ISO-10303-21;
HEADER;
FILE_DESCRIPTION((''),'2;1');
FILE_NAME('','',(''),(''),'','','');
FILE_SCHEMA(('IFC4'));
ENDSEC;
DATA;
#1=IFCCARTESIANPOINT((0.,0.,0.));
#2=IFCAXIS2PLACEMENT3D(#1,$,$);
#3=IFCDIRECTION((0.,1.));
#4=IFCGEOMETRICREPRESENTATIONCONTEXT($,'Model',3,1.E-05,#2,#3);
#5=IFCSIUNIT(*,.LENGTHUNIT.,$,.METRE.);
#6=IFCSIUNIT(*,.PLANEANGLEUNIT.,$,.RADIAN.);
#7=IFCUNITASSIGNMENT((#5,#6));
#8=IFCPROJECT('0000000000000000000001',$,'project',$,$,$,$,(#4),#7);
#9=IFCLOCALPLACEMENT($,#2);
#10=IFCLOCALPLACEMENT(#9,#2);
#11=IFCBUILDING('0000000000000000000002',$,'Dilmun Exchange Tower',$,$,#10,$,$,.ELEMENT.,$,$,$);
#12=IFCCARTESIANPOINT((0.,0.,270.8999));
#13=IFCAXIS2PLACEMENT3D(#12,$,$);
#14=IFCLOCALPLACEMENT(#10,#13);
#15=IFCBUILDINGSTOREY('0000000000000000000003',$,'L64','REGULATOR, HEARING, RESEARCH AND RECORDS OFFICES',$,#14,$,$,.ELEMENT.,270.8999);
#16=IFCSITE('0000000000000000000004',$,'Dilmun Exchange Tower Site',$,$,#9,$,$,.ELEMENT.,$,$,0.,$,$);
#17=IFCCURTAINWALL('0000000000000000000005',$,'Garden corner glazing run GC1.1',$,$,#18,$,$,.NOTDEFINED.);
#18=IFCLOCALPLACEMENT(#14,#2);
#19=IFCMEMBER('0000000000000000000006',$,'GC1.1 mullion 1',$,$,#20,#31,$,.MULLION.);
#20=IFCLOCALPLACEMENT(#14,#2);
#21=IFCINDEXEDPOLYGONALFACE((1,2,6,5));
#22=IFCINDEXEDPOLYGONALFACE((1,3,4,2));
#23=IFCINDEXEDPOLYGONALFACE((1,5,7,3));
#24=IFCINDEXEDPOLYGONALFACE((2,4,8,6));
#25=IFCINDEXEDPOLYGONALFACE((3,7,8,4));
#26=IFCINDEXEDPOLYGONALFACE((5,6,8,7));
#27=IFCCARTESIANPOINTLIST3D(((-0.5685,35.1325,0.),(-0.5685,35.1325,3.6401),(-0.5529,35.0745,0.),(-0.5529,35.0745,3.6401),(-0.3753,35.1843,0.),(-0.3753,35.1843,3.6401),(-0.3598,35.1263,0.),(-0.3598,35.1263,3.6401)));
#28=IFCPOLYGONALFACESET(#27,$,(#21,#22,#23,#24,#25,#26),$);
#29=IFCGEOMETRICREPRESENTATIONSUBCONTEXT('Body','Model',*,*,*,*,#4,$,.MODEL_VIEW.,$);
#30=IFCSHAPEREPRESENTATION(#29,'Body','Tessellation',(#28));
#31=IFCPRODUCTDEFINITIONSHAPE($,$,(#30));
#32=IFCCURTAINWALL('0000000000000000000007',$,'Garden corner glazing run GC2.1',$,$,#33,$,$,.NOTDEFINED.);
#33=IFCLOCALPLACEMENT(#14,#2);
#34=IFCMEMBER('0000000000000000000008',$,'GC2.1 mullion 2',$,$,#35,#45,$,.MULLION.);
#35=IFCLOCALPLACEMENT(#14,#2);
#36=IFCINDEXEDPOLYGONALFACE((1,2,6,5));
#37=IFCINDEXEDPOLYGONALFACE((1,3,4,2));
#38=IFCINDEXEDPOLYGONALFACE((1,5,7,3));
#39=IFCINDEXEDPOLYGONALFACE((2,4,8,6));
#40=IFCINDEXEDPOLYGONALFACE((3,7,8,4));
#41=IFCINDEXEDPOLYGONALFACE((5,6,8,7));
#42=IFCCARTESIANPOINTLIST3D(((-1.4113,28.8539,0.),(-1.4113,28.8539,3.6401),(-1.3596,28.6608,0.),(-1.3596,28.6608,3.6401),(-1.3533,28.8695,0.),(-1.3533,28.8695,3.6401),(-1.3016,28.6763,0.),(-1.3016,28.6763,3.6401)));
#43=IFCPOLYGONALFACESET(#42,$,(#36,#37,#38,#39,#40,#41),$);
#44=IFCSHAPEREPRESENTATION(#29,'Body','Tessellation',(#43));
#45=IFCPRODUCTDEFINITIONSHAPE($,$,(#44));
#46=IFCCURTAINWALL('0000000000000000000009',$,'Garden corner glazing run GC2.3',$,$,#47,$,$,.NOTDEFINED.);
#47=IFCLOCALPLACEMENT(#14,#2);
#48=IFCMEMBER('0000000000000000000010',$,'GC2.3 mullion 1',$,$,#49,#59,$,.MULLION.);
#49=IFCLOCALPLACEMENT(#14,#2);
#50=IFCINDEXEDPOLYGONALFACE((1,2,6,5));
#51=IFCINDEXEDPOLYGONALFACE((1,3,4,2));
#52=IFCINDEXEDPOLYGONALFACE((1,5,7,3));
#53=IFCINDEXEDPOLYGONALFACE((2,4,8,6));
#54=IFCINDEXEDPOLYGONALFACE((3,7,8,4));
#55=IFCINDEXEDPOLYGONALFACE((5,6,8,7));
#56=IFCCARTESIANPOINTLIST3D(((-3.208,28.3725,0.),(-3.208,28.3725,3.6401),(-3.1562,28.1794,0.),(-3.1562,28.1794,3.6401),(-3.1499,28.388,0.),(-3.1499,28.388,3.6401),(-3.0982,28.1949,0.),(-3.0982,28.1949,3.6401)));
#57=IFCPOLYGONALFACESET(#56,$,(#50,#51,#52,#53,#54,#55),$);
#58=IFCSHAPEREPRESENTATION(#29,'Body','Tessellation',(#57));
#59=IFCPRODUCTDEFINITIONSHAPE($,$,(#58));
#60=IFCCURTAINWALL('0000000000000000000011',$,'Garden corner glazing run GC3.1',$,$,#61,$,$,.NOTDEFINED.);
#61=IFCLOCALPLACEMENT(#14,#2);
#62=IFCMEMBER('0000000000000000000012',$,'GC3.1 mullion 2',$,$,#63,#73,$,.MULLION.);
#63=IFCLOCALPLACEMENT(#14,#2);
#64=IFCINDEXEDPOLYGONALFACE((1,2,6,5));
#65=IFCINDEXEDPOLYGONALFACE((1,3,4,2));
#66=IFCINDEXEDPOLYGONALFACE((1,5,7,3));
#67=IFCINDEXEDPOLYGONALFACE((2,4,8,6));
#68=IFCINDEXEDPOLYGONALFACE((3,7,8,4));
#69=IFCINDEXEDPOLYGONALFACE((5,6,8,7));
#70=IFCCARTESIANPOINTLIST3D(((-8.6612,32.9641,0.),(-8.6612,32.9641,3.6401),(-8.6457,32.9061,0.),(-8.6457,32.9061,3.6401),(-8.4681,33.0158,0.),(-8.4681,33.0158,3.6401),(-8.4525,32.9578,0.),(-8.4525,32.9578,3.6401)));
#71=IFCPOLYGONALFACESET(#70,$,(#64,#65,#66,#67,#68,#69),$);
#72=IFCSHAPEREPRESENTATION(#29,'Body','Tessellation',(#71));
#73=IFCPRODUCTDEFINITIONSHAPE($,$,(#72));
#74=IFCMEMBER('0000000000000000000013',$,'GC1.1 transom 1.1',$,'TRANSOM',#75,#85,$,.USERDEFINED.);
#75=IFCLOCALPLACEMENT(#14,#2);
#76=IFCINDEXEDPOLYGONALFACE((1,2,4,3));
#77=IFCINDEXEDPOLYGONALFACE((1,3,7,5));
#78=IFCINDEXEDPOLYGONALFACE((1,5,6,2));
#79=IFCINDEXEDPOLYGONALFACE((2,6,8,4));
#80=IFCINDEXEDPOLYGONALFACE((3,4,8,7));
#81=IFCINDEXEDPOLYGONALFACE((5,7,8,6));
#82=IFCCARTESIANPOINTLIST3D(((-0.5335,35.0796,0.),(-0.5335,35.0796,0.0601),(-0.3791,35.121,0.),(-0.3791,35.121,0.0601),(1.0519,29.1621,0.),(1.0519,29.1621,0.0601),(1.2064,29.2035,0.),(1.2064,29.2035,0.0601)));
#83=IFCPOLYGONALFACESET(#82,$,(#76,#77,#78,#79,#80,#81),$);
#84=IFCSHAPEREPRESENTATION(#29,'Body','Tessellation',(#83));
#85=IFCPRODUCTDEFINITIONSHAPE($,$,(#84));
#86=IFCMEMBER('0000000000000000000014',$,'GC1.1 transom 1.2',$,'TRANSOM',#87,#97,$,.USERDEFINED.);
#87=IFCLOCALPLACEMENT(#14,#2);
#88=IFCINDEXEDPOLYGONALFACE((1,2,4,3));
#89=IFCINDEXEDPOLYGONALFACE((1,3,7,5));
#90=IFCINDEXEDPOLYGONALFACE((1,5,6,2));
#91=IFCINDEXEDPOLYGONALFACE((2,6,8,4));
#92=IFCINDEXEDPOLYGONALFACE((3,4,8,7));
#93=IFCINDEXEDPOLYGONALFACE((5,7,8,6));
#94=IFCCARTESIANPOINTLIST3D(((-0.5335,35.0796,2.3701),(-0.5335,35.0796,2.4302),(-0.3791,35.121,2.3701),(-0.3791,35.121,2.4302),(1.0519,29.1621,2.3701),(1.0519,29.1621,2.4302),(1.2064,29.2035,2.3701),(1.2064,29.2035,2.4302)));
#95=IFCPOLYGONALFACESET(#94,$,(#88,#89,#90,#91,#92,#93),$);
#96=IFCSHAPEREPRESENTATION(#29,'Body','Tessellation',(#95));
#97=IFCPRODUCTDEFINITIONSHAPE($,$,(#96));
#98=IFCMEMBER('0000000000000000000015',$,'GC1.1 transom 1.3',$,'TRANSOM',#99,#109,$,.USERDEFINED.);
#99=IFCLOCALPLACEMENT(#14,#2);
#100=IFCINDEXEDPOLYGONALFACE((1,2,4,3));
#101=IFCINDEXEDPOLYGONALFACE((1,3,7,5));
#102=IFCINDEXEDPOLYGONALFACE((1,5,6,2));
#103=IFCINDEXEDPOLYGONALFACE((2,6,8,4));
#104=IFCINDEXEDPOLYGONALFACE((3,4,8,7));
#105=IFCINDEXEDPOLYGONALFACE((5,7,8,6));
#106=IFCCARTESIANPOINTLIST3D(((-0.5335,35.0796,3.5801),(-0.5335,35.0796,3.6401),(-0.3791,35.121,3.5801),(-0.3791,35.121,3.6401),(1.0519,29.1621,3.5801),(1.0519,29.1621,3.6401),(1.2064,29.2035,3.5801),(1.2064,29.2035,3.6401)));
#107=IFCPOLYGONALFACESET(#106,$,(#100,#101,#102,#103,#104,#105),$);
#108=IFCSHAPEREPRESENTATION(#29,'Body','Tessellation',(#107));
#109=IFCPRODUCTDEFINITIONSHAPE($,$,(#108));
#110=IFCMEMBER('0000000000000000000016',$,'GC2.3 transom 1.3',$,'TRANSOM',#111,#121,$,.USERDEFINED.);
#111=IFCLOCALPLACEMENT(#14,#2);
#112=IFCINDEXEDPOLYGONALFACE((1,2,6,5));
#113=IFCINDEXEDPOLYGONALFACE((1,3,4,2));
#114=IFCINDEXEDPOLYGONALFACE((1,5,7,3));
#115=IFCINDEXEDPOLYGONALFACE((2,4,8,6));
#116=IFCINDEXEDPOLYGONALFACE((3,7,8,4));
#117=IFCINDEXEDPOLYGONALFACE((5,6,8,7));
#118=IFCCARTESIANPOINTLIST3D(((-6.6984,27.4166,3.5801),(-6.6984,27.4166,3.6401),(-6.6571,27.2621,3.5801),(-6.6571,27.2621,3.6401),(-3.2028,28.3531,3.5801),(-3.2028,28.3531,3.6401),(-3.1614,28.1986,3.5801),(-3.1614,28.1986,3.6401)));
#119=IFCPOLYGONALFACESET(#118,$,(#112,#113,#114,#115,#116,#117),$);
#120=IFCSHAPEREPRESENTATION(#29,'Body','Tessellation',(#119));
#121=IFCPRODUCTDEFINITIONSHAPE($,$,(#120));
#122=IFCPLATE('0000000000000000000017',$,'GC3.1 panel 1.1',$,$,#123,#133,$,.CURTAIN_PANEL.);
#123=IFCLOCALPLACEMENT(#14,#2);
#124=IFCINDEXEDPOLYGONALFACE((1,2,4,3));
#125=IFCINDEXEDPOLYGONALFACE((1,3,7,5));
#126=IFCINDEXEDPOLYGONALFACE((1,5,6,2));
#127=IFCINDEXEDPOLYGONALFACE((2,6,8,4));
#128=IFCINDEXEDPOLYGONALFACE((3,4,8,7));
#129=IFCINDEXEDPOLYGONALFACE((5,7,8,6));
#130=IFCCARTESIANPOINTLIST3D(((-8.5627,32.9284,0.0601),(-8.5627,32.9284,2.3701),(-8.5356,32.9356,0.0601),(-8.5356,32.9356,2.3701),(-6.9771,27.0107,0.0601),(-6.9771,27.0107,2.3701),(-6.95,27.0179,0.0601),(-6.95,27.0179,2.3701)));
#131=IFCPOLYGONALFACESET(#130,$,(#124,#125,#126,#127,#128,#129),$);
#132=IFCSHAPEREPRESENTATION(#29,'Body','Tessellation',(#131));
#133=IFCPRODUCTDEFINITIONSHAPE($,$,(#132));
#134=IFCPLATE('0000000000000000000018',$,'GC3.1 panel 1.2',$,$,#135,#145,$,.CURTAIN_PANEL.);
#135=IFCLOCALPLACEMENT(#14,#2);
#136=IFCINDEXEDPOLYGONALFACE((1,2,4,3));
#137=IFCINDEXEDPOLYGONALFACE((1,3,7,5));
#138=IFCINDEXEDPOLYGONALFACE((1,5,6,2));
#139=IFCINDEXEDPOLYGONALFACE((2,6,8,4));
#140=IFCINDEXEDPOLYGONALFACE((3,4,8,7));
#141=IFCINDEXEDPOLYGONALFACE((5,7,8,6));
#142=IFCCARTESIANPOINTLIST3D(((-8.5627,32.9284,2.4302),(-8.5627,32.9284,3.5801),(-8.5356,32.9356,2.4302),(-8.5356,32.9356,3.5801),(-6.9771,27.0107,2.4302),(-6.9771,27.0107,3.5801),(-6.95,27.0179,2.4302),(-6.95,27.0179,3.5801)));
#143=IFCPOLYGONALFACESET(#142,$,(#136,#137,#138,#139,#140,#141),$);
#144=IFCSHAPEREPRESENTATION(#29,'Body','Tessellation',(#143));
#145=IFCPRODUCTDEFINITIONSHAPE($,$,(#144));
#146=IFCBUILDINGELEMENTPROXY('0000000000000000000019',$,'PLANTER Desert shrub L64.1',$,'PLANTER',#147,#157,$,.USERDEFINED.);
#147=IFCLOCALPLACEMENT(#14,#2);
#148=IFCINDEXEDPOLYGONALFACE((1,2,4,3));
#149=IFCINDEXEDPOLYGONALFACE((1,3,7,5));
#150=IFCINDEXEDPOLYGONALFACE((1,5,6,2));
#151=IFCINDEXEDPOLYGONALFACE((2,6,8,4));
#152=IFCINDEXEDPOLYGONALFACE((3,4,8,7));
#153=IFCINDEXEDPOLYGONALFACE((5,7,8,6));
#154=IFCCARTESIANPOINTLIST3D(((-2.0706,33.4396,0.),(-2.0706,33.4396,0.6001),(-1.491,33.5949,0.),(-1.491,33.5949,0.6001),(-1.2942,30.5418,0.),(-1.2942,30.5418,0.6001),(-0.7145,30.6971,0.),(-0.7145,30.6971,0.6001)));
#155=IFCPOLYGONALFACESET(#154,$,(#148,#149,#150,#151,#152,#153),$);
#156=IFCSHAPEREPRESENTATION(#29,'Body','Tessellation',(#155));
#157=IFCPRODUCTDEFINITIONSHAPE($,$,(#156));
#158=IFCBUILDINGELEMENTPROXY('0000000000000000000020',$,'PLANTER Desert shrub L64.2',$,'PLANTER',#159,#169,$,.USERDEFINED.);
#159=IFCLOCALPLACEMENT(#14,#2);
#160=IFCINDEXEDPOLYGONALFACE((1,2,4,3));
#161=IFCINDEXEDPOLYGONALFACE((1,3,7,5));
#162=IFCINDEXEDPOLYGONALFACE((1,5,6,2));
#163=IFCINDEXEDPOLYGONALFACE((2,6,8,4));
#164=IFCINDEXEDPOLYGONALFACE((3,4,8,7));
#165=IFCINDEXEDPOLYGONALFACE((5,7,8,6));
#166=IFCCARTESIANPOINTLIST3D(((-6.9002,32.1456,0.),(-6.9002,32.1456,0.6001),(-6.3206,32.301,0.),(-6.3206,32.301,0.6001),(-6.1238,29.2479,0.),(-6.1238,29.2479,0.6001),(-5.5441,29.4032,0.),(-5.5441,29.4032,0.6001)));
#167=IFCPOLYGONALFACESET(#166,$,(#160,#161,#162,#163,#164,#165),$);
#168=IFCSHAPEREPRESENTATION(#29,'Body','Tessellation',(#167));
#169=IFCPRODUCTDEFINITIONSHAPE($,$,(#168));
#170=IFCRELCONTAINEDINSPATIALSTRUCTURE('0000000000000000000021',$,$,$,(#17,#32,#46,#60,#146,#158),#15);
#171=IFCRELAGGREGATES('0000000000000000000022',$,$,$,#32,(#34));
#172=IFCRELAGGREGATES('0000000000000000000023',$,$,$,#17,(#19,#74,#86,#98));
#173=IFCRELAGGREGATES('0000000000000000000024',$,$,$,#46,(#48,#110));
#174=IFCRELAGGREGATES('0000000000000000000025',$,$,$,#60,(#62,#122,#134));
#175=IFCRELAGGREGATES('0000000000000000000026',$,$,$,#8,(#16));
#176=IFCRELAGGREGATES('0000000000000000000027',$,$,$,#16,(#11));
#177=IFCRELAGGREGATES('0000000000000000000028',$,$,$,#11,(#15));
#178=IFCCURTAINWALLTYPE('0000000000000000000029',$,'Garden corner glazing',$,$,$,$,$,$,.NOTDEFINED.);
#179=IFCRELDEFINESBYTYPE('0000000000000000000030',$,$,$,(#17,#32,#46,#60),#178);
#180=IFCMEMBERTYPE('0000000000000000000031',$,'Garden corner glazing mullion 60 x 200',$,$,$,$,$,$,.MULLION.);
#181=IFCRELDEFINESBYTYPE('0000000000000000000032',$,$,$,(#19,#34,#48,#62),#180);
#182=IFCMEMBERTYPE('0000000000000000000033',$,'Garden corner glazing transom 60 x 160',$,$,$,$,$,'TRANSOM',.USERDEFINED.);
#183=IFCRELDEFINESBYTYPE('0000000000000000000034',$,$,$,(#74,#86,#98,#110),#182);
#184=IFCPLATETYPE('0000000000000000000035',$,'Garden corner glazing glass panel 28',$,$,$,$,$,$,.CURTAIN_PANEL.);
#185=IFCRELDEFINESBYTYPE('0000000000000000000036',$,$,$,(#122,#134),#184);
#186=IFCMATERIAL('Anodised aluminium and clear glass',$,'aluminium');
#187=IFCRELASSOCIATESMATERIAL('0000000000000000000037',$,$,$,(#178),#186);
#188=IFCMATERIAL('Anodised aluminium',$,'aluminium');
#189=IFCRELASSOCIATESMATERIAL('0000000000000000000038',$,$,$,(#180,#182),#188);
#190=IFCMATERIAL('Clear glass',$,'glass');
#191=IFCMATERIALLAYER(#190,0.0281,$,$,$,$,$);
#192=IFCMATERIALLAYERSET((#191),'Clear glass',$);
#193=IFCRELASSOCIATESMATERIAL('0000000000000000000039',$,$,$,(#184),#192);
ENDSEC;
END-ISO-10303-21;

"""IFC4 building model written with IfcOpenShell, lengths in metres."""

from ifc_helpers import new_model, si_unit, direction, frame, origin, origin_2d, place, context, subcontext, project, spatial, rectangle, extrude, material, layer, layer_set, material_profile, profile_set, type_object, element, aggregate, save


model = new_model("IFC4")

# Units and contexts
model_context = context("Model", 3, precision=1e-05, world=origin(), true_north=direction((0.0, 1.0)))
body_context = subcontext(model_context, "Body", "Model", "MODEL_VIEW")
ifc_project = project(units=[si_unit("LENGTHUNIT", "METRE"), si_unit("PLANEANGLEUNIT", "RADIAN")], contexts=[model_context])

# Site, building, storey
site_placement = place(None, origin())
site = spatial("IfcSite", under=ifc_project, at=site_placement, Name="Dilmun Exchange Tower Site", CompositionType="ELEMENT", RefElevation=0.0)
building_placement = place(site_placement, origin())
building = spatial("IfcBuilding", under=site, at=building_placement, Name="Dilmun Exchange Tower", CompositionType="ELEMENT")
storey_placement = place(building_placement, frame((0.0, 0.0, 270.8999)))
storey = spatial("IfcBuildingStorey", under=building, at=storey_placement, Name="L64", Description="REGULATOR, HEARING, RESEARCH AND RECORDS OFFICES", CompositionType="ELEMENT", Elevation=270.8999)

# Curtain walls, members
ifc_material_1 = material(Name="Anodised aluminium and clear glass", Category="aluminium")
curtain_wall_type = type_object("IfcCurtainWallType", Name="Garden corner glazing", PredefinedType="NOTDEFINED", material=ifc_material_1)
curtain_wall_1_placement = place(storey_placement, origin())
curtain_wall_1 = element("IfcCurtainWall", 1, at=curtain_wall_1_placement, inside=storey, type_object=curtain_wall_type, Name="Garden corner glazing run GC1.1", PredefinedType="NOTDEFINED")
ifc_material_2 = material(Name="Anodised aluminium", Category="aluminium")
ifc_material_profile_1 = material_profile(ifc_material_2, rectangle(XDim=0.2, YDim=0.0601, at=origin_2d()), Name="AL 60x200")
ifc_profile_set_1 = profile_set([ifc_material_profile_1], Name="Anodised aluminium")
member_type_1 = type_object("IfcMemberType", Name="Garden corner glazing mullion 60 x 200", PredefinedType="MULLION", material=ifc_profile_set_1)
member_1_placement = place(storey_placement, frame((-0.4641, 35.1294, 0.0), z_axis=(0.0, 0.0, 1.0), x_axis=(0.965926, 0.258819, 0.0)))
member_1 = element("IfcMember", 2, at=member_1_placement, type_object=member_type_1, Name="GC1.1 mullion 1", PredefinedType="MULLION", context=body_context, shape_type="SweptSolid", body=[
    extrude(rectangle(XDim=0.2, YDim=0.0601, at=origin_2d()), origin(), (0.0, 0.0, 1.0), 3.6401),
])
curtain_wall_2_placement = place(storey_placement, origin())
curtain_wall_2 = element("IfcCurtainWall", 3, at=curtain_wall_2_placement, inside=storey, type_object=curtain_wall_type, Name="Garden corner glazing run GC2.1", PredefinedType="NOTDEFINED")
member_2_placement = place(storey_placement, frame((-1.3564, 28.7651, 0.0), z_axis=(0.0, 0.0, 1.0), x_axis=(0.25881, -0.965928, 0.0)))
member_2 = element("IfcMember", 4, at=member_2_placement, type_object=member_type_1, Name="GC2.1 mullion 2", PredefinedType="MULLION", context=body_context, shape_type="SweptSolid", body=[
    extrude(rectangle(XDim=0.2, YDim=0.0601, at=origin_2d()), origin(), (0.0, 0.0, 1.0), 3.6401),
])
aggregate(curtain_wall_2, [member_2])
curtain_wall_3_placement = place(storey_placement, origin())
curtain_wall_3 = element("IfcCurtainWall", 5, at=curtain_wall_3_placement, inside=storey, type_object=curtain_wall_type, Name="Garden corner glazing run GC2.3", PredefinedType="NOTDEFINED")
member_3_placement = place(storey_placement, frame((-3.1531, 28.2837, 0.0), z_axis=(0.0, 0.0, 1.0), x_axis=(0.258813, -0.965928, 0.0)))
member_3 = element("IfcMember", 6, at=member_3_placement, type_object=member_type_1, Name="GC2.3 mullion 1", PredefinedType="MULLION", context=body_context, shape_type="SweptSolid", body=[
    extrude(rectangle(XDim=0.2, YDim=0.0601, at=origin_2d()), origin(), (0.0, 0.0, 1.0), 3.6401),
])
curtain_wall_4_placement = place(storey_placement, origin())
curtain_wall_4 = element("IfcCurtainWall", 7, at=curtain_wall_4_placement, inside=storey, type_object=curtain_wall_type, Name="Garden corner glazing run GC3.1", PredefinedType="NOTDEFINED")
member_4_placement = place(storey_placement, frame((-8.5569, 32.9609, 0.0), z_axis=(0.0, 0.0, 1.0), x_axis=(-0.965926, -0.258819, 0.0)))
member_4 = element("IfcMember", 8, at=member_4_placement, type_object=member_type_1, Name="GC3.1 mullion 2", PredefinedType="MULLION", context=body_context, shape_type="SweptSolid", body=[
    extrude(rectangle(XDim=0.2, YDim=0.0601, at=origin_2d()), origin(), (0.0, 0.0, 1.0), 3.6401),
])

# Members
ifc_material_profile_2 = material_profile(ifc_material_2, rectangle(XDim=0.1599, YDim=0.0601, at=origin_2d()), Name="AL 60x160")
ifc_profile_set_2 = profile_set([ifc_material_profile_2], Name="Anodised aluminium")
member_type_2 = type_object("IfcMemberType", Name="Garden corner glazing transom 60 x 160", ElementType="TRANSOM", PredefinedType="USERDEFINED", material=ifc_profile_set_2)
member_5_placement = place(storey_placement, frame((-0.4563, 35.1003, 0.03), z_axis=(0.258799, -0.965931, 0.0), x_axis=(0.965931, 0.258799, 0.0)))
member_5 = element("IfcMember", 9, at=member_5_placement, type_object=member_type_2, Name="GC1.1 transom 1.1", ObjectType="TRANSOM", PredefinedType="USERDEFINED", context=body_context, shape_type="SweptSolid", body=[
    extrude(rectangle(XDim=0.1599, YDim=0.0601, at=origin_2d()), origin(), (0.0, 0.0, 1.0), 6.1262),
])
member_6_placement = place(storey_placement, frame((-0.4563, 35.1003, 2.4001), z_axis=(0.258799, -0.965931, 0.0), x_axis=(0.965931, 0.258799, 0.0)))
member_6 = element("IfcMember", 10, at=member_6_placement, type_object=member_type_2, Name="GC1.1 transom 1.2", ObjectType="TRANSOM", PredefinedType="USERDEFINED", context=body_context, shape_type="SweptSolid", body=[
    extrude(rectangle(XDim=0.1599, YDim=0.0601, at=origin_2d()), origin(), (0.0, 0.0, 1.0), 6.1262),
])
member_7_placement = place(storey_placement, frame((-0.4563, 35.1003, 3.6101), z_axis=(0.258799, -0.965931, 0.0), x_axis=(0.965931, 0.258799, 0.0)))
member_7 = element("IfcMember", 11, at=member_7_placement, type_object=member_type_2, Name="GC1.1 transom 1.3", ObjectType="TRANSOM", PredefinedType="USERDEFINED", context=body_context, shape_type="SweptSolid", body=[
    extrude(rectangle(XDim=0.1599, YDim=0.0601, at=origin_2d()), origin(), (0.0, 0.0, 1.0), 6.1262),
])
aggregate(curtain_wall_1, [member_1, member_5, member_6, member_7])
member_8_placement = place(storey_placement, frame((-3.1821, 28.2759, 3.6101), z_axis=(-0.965934, -0.258788, 0.0), x_axis=(0.258788, -0.965934, 0.0)))
member_8 = element("IfcMember", 12, at=member_8_placement, type_object=member_type_2, Name="GC2.3 transom 1.3", ObjectType="TRANSOM", PredefinedType="USERDEFINED", context=body_context, shape_type="SweptSolid", body=[
    extrude(rectangle(XDim=0.1599, YDim=0.0601, at=origin_2d()), origin(), (0.0, 0.0, 1.0), 3.6189),
])
aggregate(curtain_wall_3, [member_3, member_8])

# Plates
ifc_material_3 = material(Name="Clear glass", Category="glass")
ifc_layer_1 = layer(ifc_material_3, 0.0281)
ifc_layer_set_1 = layer_set([ifc_layer_1], Name="Clear glass")
plate_type = type_object("IfcPlateType", Name="Garden corner glazing glass panel 28", PredefinedType="CURTAIN_PANEL", material=ifc_layer_set_1)
plate_1_placement = place(storey_placement, frame((-7.7563, 29.9731, 0.0601), z_axis=(0.0, 0.0, 1.0), x_axis=(-0.258819, 0.965926, 0.0)))
plate_1 = element("IfcPlate", 13, at=plate_1_placement, type_object=plate_type, Name="GC3.1 panel 1.1", PredefinedType="CURTAIN_PANEL", context=body_context, shape_type="SweptSolid", body=[
    extrude(rectangle(XDim=6.1265, YDim=0.0281, at=origin_2d()), origin(), (0.0, 0.0, 1.0), 2.3101),
])
plate_2_placement = place(storey_placement, frame((-7.7563, 29.9731, 2.4302), z_axis=(0.0, 0.0, 1.0), x_axis=(-0.258819, 0.965926, 0.0)))
plate_2 = element("IfcPlate", 14, at=plate_2_placement, type_object=plate_type, Name="GC3.1 panel 1.2", PredefinedType="CURTAIN_PANEL", context=body_context, shape_type="SweptSolid", body=[
    extrude(rectangle(XDim=6.1265, YDim=0.0281, at=origin_2d()), origin(), (0.0, 0.0, 1.0), 1.1499),
])
aggregate(curtain_wall_4, [member_4, plate_1, plate_2])

# Building element proxies
for number, where, z_axis, x_axis, name in (
    (15, (-1.3926, 32.0684, 0.0), (0.0, 0.0, 1.0), (-0.258819, 0.965926, 0.0), "PLANTER Desert shrub L64.1"),
    (16, (-6.2222, 30.7744, 0.0), (0.0, 0.0, 1.0), (-0.258819, 0.965926, 0.0), "PLANTER Desert shrub L64.2"),
):
    element("IfcBuildingElementProxy", number, at=place(storey_placement, frame(where, z_axis=z_axis, x_axis=x_axis)), inside=storey, Name=name, ObjectType="PLANTER", PredefinedType="USERDEFINED", context=body_context, shape_type="SweptSolid", body=[
        extrude(rectangle(XDim=3.0, YDim=0.6001, at=origin_2d()), origin(), (0.0, 0.0, 1.0), 0.6001),
    ])

save(model, "model.ifc")
